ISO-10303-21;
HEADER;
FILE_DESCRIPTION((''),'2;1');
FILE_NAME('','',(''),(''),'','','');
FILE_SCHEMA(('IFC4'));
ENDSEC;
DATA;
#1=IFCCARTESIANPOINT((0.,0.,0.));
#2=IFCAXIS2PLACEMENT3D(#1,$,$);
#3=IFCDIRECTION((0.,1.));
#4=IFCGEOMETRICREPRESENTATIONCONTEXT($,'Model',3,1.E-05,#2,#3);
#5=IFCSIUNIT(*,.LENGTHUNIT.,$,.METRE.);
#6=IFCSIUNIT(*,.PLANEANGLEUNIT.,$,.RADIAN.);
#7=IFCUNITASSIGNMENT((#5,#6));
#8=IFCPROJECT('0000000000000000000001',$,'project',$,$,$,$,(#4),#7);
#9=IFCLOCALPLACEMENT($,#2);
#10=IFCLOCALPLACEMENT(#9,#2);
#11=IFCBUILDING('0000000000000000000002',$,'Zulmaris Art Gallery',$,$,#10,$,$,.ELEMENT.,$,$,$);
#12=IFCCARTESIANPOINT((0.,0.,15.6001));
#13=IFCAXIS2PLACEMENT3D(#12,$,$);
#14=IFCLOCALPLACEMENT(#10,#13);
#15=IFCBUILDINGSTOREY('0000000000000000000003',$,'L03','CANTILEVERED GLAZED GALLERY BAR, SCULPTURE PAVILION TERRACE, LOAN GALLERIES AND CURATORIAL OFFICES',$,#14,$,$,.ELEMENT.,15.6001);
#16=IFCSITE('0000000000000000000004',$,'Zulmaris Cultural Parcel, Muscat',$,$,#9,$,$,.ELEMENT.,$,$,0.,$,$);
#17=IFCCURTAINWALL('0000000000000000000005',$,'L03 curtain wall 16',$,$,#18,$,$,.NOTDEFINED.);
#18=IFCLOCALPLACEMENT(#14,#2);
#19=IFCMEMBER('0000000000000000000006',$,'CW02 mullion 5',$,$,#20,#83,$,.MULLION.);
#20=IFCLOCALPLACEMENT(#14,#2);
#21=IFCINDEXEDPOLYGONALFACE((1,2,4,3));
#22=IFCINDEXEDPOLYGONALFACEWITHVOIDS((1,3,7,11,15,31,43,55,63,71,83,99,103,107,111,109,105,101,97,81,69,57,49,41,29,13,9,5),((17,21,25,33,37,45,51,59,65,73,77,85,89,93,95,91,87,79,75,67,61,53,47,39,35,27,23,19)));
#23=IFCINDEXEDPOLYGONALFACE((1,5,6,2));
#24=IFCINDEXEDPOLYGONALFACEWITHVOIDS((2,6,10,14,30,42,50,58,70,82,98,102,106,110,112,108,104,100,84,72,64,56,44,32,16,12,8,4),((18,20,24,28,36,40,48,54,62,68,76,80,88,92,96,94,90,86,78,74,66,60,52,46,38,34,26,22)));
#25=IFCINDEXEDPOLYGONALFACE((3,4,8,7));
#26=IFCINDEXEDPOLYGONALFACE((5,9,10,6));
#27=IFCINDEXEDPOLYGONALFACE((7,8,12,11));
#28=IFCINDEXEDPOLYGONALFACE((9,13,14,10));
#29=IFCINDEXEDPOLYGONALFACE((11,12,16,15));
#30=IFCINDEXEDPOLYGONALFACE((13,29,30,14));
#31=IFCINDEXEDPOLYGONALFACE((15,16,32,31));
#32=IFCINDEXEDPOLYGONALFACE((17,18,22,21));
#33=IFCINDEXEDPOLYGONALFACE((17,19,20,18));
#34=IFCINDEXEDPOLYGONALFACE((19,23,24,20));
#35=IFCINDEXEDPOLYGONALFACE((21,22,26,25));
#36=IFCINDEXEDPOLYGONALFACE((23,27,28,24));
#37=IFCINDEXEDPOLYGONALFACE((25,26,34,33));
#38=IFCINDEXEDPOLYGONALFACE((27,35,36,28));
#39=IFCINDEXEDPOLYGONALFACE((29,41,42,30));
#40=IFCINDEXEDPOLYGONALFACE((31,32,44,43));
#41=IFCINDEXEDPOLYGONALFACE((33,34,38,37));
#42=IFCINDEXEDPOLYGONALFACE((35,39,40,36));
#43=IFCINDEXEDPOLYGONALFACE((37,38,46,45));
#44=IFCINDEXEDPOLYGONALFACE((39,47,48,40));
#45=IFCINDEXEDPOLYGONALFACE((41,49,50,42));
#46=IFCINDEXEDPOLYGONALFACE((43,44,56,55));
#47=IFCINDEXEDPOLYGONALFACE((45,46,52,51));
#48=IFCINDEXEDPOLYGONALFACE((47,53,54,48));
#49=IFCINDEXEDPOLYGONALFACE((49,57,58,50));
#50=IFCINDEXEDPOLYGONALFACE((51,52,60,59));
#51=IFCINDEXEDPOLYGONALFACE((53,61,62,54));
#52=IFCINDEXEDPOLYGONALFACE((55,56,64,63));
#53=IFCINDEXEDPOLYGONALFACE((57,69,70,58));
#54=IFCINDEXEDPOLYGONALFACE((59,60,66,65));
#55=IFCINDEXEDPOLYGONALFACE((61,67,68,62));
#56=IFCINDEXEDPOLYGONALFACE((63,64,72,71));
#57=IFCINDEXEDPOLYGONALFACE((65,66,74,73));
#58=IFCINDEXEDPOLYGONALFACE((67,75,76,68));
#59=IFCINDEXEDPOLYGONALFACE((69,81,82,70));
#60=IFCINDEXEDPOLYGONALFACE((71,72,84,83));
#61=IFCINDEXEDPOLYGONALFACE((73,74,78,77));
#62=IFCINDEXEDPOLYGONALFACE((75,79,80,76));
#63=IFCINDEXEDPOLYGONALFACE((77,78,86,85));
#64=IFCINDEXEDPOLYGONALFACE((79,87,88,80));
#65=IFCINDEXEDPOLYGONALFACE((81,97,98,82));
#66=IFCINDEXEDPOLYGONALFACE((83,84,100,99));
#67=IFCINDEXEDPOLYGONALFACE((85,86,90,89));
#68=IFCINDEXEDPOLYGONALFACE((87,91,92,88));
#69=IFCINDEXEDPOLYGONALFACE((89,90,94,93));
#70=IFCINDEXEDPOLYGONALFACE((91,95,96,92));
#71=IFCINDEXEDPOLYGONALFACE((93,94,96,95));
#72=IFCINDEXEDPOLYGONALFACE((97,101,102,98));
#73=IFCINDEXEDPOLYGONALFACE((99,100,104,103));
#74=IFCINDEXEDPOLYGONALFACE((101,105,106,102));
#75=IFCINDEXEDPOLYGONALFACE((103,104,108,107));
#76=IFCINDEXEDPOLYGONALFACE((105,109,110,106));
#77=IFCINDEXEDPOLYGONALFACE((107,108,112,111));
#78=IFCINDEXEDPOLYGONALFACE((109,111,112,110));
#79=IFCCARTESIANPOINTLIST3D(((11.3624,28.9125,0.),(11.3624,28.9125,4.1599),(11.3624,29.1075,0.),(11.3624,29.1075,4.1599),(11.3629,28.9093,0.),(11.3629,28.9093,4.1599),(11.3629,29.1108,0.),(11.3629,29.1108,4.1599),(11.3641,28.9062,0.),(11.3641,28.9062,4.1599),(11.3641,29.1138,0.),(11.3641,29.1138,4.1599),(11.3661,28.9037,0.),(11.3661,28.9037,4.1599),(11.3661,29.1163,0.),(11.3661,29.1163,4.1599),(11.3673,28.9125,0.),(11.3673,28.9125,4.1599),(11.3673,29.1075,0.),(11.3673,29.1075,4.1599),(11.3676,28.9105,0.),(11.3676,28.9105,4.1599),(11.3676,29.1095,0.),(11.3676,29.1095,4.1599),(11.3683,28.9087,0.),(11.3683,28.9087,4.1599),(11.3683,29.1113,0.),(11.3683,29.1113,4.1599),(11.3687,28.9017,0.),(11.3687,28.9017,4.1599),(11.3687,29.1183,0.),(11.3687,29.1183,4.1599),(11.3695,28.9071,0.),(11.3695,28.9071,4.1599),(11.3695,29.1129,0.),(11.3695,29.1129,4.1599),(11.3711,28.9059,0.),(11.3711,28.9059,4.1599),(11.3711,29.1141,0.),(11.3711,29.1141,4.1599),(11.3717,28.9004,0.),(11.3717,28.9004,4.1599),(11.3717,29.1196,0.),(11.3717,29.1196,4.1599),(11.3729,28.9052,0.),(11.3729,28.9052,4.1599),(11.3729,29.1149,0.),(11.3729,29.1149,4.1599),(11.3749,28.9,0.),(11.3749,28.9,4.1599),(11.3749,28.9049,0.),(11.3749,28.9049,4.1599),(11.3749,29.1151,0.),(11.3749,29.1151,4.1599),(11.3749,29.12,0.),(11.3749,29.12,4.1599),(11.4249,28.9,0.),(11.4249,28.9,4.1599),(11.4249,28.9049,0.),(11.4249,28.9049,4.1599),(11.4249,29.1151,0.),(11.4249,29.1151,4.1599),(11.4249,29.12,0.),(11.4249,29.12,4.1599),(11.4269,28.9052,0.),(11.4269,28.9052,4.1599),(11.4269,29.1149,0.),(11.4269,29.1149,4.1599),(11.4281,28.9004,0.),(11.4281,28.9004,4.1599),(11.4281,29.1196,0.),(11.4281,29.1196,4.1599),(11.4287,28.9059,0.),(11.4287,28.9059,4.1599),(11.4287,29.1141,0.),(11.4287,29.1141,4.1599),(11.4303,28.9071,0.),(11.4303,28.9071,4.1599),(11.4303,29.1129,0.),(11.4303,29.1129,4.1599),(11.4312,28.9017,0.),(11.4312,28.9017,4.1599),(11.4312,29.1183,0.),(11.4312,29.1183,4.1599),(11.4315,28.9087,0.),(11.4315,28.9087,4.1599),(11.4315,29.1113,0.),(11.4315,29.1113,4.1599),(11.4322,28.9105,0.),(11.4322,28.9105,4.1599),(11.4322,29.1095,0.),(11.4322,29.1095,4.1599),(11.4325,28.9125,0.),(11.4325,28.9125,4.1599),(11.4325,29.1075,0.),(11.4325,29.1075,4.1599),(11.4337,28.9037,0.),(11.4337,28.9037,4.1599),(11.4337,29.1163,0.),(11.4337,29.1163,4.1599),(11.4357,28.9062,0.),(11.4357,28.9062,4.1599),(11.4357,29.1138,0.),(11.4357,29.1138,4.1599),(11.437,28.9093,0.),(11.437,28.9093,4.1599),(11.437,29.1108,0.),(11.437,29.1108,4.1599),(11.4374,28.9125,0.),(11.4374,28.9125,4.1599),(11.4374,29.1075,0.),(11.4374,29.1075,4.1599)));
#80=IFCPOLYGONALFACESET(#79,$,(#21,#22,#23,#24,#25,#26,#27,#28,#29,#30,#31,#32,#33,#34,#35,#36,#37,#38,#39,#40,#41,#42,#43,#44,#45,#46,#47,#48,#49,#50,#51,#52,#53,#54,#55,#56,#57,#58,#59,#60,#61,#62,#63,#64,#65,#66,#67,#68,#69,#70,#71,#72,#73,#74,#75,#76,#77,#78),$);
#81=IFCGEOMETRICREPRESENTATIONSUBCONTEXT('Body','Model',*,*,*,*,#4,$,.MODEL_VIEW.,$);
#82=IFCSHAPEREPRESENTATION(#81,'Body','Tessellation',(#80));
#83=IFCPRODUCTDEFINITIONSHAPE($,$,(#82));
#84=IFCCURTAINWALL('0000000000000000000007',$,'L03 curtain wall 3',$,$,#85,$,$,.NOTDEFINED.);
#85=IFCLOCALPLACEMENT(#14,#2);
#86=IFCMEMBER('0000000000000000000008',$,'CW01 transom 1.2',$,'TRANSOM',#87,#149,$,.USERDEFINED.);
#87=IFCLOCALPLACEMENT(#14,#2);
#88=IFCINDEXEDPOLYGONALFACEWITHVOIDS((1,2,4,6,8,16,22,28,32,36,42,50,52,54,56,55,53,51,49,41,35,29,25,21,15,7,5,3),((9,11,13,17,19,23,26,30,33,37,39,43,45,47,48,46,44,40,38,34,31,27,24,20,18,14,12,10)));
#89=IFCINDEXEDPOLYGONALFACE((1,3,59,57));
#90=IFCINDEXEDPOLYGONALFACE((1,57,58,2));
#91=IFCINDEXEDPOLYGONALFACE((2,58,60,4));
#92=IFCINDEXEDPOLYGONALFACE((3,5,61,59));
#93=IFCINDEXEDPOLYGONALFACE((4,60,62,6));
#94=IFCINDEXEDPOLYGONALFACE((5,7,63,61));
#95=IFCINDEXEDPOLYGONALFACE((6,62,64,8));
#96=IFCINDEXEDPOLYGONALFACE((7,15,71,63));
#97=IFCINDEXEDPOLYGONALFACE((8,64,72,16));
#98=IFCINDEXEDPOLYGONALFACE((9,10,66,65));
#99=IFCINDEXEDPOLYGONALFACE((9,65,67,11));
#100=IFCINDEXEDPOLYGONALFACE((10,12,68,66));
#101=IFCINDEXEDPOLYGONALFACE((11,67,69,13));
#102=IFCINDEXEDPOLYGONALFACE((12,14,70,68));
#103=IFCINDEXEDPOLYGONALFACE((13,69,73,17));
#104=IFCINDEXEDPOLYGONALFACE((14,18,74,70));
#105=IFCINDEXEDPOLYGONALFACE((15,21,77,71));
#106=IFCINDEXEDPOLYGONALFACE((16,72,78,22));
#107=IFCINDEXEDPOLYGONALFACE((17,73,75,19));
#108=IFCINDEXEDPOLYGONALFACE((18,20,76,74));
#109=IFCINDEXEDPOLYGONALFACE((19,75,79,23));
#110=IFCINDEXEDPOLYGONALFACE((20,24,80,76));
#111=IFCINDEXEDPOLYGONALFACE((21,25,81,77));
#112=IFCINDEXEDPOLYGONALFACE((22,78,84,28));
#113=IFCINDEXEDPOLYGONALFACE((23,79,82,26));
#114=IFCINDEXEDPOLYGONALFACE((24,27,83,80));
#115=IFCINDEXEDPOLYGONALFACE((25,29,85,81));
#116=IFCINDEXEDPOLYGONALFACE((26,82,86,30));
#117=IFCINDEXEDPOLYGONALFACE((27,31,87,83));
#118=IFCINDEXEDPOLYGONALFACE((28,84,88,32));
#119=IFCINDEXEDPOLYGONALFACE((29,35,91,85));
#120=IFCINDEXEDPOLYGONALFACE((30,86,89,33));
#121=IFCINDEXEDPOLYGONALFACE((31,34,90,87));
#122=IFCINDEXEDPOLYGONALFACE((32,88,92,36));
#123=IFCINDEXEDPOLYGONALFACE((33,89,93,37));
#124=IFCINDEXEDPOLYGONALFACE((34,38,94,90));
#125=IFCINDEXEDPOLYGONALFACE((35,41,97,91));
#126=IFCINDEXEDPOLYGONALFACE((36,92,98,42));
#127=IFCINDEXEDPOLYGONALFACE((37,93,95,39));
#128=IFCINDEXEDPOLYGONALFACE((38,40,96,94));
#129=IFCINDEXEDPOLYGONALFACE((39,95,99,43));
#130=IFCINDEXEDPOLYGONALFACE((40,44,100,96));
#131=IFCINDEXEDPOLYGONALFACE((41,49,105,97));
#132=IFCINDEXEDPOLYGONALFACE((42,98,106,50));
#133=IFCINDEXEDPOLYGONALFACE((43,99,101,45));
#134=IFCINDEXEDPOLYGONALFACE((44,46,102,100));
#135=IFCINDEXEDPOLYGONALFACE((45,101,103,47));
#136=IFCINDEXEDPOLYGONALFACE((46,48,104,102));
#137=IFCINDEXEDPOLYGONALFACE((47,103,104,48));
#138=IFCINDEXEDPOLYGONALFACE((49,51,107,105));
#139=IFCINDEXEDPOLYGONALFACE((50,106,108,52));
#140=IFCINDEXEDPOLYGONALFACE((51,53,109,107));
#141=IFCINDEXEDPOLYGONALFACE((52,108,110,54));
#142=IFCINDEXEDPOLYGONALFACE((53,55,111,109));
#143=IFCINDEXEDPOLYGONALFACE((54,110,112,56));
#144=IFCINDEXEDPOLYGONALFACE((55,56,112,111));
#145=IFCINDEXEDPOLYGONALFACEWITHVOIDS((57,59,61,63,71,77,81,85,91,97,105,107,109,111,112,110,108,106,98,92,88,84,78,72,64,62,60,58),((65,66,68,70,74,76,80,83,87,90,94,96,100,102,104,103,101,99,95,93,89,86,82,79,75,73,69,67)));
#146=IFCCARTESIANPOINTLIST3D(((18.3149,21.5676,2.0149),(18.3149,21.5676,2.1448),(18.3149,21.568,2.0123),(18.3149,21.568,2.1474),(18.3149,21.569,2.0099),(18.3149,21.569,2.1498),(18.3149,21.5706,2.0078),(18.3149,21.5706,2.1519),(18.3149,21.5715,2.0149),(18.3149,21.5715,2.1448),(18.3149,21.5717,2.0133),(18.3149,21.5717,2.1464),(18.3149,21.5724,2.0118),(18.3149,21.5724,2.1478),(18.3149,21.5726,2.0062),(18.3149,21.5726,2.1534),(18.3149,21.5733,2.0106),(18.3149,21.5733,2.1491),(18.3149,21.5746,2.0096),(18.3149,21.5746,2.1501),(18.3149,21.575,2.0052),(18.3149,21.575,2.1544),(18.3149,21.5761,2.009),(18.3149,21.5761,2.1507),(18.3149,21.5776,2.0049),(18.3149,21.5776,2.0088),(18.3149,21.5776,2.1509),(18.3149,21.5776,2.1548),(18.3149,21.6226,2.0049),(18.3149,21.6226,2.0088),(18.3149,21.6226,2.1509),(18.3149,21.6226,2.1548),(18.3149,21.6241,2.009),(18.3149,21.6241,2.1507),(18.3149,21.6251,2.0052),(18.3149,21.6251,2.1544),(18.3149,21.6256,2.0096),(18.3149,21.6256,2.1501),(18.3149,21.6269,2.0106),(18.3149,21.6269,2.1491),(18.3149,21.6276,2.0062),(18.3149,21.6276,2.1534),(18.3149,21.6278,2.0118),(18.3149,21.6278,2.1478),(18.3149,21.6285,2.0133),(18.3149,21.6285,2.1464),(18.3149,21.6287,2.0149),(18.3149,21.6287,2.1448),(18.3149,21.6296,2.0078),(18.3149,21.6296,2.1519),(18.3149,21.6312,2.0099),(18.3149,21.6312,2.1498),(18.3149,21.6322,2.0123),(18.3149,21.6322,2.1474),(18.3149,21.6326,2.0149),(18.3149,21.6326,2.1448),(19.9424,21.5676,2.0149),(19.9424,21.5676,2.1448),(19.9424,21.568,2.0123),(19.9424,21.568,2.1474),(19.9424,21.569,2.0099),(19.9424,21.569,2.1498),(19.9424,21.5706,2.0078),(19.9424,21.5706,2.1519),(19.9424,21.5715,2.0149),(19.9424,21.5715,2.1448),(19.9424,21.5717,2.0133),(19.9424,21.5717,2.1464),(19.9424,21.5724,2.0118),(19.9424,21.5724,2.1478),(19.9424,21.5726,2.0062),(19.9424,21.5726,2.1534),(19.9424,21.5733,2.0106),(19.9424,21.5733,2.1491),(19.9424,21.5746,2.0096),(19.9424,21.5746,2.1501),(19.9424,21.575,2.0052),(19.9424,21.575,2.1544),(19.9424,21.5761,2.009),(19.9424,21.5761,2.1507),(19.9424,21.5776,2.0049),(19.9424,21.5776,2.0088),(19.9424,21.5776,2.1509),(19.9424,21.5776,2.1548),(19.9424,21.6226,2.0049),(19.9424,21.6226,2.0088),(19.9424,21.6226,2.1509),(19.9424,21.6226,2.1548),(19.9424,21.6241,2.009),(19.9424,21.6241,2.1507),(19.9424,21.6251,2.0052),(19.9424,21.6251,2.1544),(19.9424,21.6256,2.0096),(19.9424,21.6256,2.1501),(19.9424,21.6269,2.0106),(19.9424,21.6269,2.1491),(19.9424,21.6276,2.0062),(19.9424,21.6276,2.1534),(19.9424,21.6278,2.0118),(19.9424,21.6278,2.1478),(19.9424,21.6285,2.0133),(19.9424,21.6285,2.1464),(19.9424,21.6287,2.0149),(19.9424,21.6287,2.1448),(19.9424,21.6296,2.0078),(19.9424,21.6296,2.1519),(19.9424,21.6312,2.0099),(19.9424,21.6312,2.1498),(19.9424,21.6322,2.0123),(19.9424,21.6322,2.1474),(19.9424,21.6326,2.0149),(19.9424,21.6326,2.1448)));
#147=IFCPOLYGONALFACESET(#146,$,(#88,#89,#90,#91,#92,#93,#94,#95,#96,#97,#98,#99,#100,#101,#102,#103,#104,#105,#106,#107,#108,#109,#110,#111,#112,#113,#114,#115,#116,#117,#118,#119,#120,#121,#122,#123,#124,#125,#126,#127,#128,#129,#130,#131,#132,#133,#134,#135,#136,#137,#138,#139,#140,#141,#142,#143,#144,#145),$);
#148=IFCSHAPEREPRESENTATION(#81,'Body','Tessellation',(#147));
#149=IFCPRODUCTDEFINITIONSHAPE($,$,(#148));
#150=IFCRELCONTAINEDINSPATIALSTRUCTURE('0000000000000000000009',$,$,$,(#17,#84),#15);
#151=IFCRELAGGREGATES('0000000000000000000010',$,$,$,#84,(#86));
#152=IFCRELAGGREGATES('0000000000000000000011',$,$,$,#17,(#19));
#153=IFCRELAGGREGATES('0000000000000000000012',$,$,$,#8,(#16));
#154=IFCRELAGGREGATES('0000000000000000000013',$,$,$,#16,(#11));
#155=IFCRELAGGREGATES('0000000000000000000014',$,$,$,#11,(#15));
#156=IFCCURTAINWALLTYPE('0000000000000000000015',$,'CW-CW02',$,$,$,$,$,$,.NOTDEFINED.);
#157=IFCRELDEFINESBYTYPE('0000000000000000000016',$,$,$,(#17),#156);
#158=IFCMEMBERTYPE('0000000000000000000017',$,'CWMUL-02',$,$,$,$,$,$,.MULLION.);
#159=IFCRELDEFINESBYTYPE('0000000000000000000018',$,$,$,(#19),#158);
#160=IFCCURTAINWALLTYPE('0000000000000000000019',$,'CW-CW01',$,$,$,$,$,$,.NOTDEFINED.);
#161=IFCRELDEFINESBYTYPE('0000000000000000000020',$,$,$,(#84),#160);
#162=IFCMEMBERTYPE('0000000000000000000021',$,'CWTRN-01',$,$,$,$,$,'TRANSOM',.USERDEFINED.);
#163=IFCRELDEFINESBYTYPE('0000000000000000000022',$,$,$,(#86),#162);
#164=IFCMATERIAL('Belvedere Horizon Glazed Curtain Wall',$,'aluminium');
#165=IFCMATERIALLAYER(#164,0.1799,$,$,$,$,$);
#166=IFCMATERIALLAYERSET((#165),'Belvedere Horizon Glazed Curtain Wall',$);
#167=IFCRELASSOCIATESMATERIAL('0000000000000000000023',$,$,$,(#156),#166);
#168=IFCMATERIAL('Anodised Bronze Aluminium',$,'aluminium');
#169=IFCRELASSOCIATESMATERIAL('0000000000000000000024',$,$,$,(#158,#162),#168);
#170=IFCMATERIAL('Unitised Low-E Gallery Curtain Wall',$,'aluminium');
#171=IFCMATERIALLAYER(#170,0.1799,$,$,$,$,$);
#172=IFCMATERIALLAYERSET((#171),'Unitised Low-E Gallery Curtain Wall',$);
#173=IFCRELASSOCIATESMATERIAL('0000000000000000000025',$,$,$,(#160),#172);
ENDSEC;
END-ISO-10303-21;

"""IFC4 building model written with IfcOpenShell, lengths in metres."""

from ifc_helpers import new_model, si_unit, direction, frame, origin, origin_2d, place, context, subcontext, project, spatial, hollow_rectangle, extrude, material, layer, layer_set, material_profile, profile_set, type_object, element, aggregate, save


model = new_model("IFC4")

# Units and contexts
model_context = context("Model", 3, precision=1e-05, world=origin(), true_north=direction((0.0, 1.0)))
body_context = subcontext(model_context, "Body", "Model", "MODEL_VIEW")
ifc_project = project(units=[si_unit("LENGTHUNIT", "METRE"), si_unit("PLANEANGLEUNIT", "RADIAN")], contexts=[model_context])

# Site, building, storey
site_placement = place(None, origin())
site = spatial("IfcSite", under=ifc_project, at=site_placement, Name="Zulmaris Cultural Parcel, Muscat", CompositionType="ELEMENT", RefElevation=0.0)
building_placement = place(site_placement, origin())
building = spatial("IfcBuilding", under=site, at=building_placement, Name="Zulmaris Art Gallery", CompositionType="ELEMENT")
storey_placement = place(building_placement, frame((0.0, 0.0, 15.6001)))
storey = spatial("IfcBuildingStorey", under=building, at=storey_placement, Name="L03", Description="CANTILEVERED GLAZED GALLERY BAR, SCULPTURE PAVILION TERRACE, LOAN GALLERIES AND CURATORIAL OFFICES", CompositionType="ELEMENT", Elevation=15.6001)

# Curtain walls, members
ifc_material_1 = material(Name="Belvedere Horizon Glazed Curtain Wall", Category="aluminium")
ifc_layer_1 = layer(ifc_material_1, 0.1799)
ifc_layer_set_1 = layer_set([ifc_layer_1], Name="Belvedere Horizon Glazed Curtain Wall")
curtain_wall_type_1 = type_object("IfcCurtainWallType", Name="CW-CW02", PredefinedType="NOTDEFINED", material=ifc_layer_set_1)
curtain_wall_1_placement = place(storey_placement, origin())
curtain_wall_1 = element("IfcCurtainWall", 1, at=curtain_wall_1_placement, inside=storey, type_object=curtain_wall_type_1, Name="L03 curtain wall 16", PredefinedType="NOTDEFINED")
ifc_material_2 = material(Name="Anodised Bronze Aluminium", Category="aluminium")
ifc_material_profile_1 = material_profile(ifc_material_2, hollow_rectangle(XDim=0.075, YDim=0.22, WallThickness=0.0049, InnerFilletRadius=0.0076, OuterFilletRadius=0.0125, at=origin_2d()), Name="ALU 75x220x5")
ifc_profile_set_1 = profile_set([ifc_material_profile_1], Name="Anodised Bronze Aluminium")
member_type_1 = type_object("IfcMemberType", Name="CWMUL-02", PredefinedType="MULLION", material=ifc_profile_set_1)
member_1_placement = place(storey_placement, frame((11.3999, 29.01, 0.0), z_axis=(0.0, 0.0, 1.0), x_axis=(-1.0, 0.0, 0.0)))
member_1 = element("IfcMember", 2, at=member_1_placement, type_object=member_type_1, Name="CW02 mullion 5", PredefinedType="MULLION", context=body_context, shape_type="SweptSolid", body=[
    extrude(hollow_rectangle(XDim=0.075, YDim=0.22, WallThickness=0.0049, InnerFilletRadius=0.0076, OuterFilletRadius=0.0125, at=origin_2d()), origin(), (0.0, 0.0, 1.0), 4.1599),
])
ifc_material_3 = material(Name="Unitised Low-E Gallery Curtain Wall", Category="aluminium")
ifc_layer_2 = layer(ifc_material_3, 0.1799)
ifc_layer_set_2 = layer_set([ifc_layer_2], Name="Unitised Low-E Gallery Curtain Wall")
curtain_wall_type_2 = type_object("IfcCurtainWallType", Name="CW-CW01", PredefinedType="NOTDEFINED", material=ifc_layer_set_2)
curtain_wall_2_placement = place(storey_placement, origin())
curtain_wall_2 = element("IfcCurtainWall", 3, at=curtain_wall_2_placement, inside=storey, type_object=curtain_wall_type_2, Name="L03 curtain wall 3", PredefinedType="NOTDEFINED")
ifc_material_profile_2 = material_profile(ifc_material_2, hollow_rectangle(XDim=0.0649, YDim=0.1499, WallThickness=0.0039, InnerFilletRadius=0.0061, OuterFilletRadius=0.01, at=origin_2d()), Name="ALU 65x150x4")
ifc_profile_set_2 = profile_set([ifc_material_profile_2], Name="Anodised Bronze Aluminium")
member_type_2 = type_object("IfcMemberType", Name="CWTRN-01", ElementType="TRANSOM", PredefinedType="USERDEFINED", material=ifc_profile_set_2)
member_2_placement = place(storey_placement, frame((18.3149, 21.6001, 2.0798), z_axis=(1.0, 0.0, 0.0), x_axis=(0.0, 1.0, 0.0)))
member_2 = element("IfcMember", 4, at=member_2_placement, type_object=member_type_2, Name="CW01 transom 1.2", ObjectType="TRANSOM", PredefinedType="USERDEFINED", context=body_context, shape_type="SweptSolid", body=[
    extrude(hollow_rectangle(XDim=0.0649, YDim=0.1499, WallThickness=0.0039, InnerFilletRadius=0.0061, OuterFilletRadius=0.01, at=origin_2d()), origin(), (0.0, 0.0, 1.0), 1.6274),
])

aggregate(curtain_wall_2, [member_2])
aggregate(curtain_wall_1, [member_1])

save(model, "model.ifc")
